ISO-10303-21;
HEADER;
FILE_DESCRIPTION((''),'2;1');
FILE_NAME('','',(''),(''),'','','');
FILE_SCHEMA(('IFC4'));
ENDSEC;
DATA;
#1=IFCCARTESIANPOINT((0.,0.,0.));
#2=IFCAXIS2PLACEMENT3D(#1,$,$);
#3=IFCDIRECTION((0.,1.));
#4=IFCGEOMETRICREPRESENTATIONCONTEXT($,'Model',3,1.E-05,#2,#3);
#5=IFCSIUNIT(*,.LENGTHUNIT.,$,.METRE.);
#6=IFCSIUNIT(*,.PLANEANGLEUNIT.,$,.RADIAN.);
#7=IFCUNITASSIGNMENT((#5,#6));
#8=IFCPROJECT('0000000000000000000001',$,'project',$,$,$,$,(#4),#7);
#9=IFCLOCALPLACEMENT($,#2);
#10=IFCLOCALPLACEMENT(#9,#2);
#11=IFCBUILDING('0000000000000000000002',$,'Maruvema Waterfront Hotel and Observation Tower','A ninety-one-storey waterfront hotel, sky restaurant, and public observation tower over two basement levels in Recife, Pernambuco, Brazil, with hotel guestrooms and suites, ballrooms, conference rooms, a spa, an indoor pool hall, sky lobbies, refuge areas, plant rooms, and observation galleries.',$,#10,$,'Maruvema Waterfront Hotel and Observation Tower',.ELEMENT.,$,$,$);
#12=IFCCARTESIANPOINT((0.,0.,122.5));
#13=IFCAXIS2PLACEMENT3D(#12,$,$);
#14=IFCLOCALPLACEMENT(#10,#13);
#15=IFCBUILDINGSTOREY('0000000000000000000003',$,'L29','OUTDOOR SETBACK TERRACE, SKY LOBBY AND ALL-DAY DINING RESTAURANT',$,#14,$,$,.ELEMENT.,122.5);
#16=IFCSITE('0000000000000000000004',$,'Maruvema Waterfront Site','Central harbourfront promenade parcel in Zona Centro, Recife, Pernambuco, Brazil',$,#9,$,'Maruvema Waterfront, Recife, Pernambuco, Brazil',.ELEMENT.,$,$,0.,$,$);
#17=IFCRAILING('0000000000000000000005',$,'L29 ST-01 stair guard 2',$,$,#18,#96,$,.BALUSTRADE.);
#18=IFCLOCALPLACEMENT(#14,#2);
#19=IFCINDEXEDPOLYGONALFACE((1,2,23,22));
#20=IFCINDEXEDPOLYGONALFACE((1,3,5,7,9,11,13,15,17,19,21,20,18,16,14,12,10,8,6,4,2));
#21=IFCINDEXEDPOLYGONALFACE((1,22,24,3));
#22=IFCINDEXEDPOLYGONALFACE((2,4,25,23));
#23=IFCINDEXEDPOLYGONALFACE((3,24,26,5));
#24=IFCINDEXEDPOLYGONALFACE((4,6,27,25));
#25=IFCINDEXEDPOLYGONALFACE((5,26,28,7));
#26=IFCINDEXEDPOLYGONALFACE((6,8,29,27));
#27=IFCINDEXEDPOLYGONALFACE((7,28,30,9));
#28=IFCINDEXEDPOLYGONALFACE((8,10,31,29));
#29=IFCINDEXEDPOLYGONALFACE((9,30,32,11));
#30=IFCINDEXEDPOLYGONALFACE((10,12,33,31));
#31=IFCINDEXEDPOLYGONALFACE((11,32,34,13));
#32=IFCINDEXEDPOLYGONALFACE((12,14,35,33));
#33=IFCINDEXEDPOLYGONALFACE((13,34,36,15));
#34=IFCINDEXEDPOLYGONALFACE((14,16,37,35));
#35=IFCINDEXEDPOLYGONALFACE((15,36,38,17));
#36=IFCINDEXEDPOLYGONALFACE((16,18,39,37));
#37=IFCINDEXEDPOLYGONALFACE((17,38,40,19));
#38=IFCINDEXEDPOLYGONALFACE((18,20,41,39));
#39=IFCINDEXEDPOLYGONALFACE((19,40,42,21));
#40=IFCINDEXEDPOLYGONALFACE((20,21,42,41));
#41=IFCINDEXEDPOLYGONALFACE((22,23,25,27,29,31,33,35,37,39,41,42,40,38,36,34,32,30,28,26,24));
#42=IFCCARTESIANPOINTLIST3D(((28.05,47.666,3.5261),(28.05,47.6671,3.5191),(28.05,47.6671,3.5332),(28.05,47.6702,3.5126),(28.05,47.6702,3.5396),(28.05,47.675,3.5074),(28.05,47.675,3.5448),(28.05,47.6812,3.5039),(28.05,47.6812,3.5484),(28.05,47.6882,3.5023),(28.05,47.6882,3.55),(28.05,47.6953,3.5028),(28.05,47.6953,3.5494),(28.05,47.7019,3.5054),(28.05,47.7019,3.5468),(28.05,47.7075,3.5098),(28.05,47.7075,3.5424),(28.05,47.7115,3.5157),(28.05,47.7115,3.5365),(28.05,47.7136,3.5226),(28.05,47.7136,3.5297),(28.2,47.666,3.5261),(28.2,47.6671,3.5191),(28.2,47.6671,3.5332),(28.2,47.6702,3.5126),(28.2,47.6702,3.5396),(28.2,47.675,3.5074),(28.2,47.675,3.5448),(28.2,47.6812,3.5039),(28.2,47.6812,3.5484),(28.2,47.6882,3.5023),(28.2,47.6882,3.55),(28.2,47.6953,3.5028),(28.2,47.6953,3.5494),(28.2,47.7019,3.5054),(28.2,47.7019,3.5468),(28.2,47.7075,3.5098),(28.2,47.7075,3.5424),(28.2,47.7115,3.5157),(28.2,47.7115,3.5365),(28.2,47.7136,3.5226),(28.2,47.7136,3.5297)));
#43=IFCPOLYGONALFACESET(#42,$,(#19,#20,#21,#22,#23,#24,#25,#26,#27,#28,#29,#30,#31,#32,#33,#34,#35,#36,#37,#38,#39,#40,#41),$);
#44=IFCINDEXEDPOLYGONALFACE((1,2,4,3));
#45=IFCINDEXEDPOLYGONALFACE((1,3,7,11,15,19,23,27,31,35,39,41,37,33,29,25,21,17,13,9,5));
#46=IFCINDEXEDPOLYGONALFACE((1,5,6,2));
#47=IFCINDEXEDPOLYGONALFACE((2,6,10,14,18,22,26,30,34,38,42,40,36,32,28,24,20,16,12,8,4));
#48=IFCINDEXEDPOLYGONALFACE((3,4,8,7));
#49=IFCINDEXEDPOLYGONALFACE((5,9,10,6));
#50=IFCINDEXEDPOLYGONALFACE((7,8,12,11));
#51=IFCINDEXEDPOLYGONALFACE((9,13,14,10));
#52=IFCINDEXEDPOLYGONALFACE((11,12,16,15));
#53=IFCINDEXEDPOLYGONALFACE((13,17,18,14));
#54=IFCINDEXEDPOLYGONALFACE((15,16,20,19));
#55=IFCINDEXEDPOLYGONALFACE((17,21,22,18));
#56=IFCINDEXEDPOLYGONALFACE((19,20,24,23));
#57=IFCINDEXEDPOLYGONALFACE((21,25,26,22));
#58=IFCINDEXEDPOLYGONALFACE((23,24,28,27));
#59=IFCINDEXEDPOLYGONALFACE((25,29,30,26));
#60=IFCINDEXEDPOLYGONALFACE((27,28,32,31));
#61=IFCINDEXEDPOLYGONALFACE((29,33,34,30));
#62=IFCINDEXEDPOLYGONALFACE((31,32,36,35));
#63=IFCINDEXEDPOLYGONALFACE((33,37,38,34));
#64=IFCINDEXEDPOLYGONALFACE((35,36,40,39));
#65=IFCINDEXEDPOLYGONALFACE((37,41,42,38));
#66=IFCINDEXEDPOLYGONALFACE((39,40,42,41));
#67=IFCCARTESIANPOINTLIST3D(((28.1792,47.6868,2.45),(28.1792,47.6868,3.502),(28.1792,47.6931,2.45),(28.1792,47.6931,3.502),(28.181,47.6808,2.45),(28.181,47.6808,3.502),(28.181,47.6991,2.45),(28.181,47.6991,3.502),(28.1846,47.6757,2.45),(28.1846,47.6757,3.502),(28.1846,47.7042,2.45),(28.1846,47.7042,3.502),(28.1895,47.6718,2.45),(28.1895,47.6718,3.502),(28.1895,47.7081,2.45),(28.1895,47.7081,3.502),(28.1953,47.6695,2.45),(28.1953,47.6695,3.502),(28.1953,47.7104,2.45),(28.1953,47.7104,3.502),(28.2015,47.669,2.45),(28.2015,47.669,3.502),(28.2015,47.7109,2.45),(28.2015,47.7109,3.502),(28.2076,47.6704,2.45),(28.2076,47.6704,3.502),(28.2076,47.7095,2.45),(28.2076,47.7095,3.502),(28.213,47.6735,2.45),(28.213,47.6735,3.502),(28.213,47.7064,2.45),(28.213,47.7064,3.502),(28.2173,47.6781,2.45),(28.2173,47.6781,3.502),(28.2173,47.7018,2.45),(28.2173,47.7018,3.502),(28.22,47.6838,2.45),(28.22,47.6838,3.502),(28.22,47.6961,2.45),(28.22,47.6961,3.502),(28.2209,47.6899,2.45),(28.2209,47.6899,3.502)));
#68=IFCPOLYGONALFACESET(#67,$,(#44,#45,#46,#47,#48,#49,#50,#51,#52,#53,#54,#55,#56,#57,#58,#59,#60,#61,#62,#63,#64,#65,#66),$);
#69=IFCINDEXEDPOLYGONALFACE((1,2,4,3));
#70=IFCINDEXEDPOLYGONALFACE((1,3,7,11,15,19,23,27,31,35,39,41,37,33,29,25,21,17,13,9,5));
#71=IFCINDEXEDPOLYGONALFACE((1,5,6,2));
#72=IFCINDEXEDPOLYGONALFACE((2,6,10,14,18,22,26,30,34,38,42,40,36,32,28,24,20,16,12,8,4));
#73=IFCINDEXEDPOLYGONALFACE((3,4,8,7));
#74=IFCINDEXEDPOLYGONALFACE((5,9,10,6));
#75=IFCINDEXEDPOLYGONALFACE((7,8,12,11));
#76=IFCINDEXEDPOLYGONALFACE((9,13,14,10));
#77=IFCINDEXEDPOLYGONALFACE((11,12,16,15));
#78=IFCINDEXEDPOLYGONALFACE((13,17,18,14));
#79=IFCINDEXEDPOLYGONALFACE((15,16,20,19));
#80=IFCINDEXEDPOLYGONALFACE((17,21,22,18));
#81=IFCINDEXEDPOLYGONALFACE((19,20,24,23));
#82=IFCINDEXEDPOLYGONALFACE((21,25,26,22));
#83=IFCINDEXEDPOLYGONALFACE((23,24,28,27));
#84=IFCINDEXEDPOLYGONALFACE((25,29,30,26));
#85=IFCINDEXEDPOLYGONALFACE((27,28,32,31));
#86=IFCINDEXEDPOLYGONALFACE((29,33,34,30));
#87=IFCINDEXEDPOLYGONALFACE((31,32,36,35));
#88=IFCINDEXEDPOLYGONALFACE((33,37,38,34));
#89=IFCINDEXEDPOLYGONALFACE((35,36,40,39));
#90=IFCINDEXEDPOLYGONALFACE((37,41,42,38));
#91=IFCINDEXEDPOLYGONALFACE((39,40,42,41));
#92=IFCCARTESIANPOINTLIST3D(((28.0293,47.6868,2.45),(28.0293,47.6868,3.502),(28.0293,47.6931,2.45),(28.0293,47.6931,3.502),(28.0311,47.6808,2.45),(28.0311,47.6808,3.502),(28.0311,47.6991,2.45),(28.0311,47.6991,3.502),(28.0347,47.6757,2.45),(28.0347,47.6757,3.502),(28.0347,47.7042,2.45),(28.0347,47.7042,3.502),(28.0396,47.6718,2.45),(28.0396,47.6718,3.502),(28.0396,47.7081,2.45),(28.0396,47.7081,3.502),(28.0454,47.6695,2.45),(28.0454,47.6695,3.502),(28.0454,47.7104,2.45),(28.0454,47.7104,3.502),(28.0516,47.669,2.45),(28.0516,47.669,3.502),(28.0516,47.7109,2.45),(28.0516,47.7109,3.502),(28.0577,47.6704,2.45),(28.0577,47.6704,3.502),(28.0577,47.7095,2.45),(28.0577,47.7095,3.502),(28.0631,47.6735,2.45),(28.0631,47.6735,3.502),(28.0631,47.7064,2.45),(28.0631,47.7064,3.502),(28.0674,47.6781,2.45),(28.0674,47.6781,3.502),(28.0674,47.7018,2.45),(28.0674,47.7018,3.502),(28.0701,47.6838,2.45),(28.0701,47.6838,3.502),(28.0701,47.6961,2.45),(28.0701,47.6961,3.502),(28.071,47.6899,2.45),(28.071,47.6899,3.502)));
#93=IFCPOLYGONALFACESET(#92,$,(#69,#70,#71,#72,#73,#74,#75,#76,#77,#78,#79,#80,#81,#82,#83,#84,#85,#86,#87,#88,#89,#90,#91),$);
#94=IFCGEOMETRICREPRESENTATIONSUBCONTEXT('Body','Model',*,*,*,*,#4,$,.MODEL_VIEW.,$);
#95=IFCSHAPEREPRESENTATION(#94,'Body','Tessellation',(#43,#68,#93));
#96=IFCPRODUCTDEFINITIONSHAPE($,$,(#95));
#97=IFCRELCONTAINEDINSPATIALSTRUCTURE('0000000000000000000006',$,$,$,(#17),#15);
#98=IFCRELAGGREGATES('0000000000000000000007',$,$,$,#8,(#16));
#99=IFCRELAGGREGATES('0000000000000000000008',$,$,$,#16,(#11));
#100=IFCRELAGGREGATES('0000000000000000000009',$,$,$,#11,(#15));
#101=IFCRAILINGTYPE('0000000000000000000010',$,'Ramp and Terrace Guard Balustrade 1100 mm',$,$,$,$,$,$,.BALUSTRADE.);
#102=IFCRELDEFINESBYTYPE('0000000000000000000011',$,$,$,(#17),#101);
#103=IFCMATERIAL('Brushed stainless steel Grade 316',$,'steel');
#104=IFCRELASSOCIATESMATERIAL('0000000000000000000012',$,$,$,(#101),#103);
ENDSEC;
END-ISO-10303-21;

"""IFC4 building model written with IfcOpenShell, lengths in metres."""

from ifc_helpers import new_model, si_unit, direction, frame, origin, origin_2d, place, context, subcontext, project, spatial, circle, extrude, material, type_object, element, save


model = new_model("IFC4")

# Units and contexts
model_context = context("Model", 3, precision=1e-05, world=origin(), true_north=direction((0.0, 1.0)))
body_context = subcontext(model_context, "Body", "Model", "MODEL_VIEW")
ifc_project = project(units=[si_unit("LENGTHUNIT", "METRE"), si_unit("PLANEANGLEUNIT", "RADIAN")], contexts=[model_context])

# Site, building, storey
site_placement = place(None, origin())
site = spatial("IfcSite", under=ifc_project, at=site_placement, Name="Maruvema Waterfront Site", Description="Central harbourfront promenade parcel in Zona Centro, Recife, Pernambuco, Brazil", LongName="Maruvema Waterfront, Recife, Pernambuco, Brazil", CompositionType="ELEMENT", RefElevation=0.0)
building_placement = place(site_placement, origin())
building = spatial("IfcBuilding", under=site, at=building_placement, Name="Maruvema Waterfront Hotel and Observation Tower", Description="A ninety-one-storey waterfront hotel, sky restaurant, and public observation tower over two basement levels in Recife, Pernambuco, Brazil, with hotel guestrooms and suites, ballrooms, conference rooms, a spa, an indoor pool hall, sky lobbies, refuge areas, plant rooms, and observation galleries.", LongName="Maruvema Waterfront Hotel and Observation Tower", CompositionType="ELEMENT")
storey_placement = place(building_placement, frame((0.0, 0.0, 122.5)))
storey = spatial("IfcBuildingStorey", under=building, at=storey_placement, Name="L29", Description="OUTDOOR SETBACK TERRACE, SKY LOBBY AND ALL-DAY DINING RESTAURANT", CompositionType="ELEMENT", Elevation=122.5)

# Railing
ifc_material_1 = material(Name="Brushed stainless steel Grade 316", Category="steel")
railing_type_1 = type_object("IfcRailingType", Name="Ramp and Terrace Guard Balustrade 1100 mm", PredefinedType="BALUSTRADE", material=ifc_material_1)
railing_1_placement = place(storey_placement, frame((28.2, 47.6899, 2.45)))
element("IfcRailing", 1, at=railing_1_placement, inside=storey, type_object=railing_type_1, Name="L29 ST-01 stair guard 2", PredefinedType="BALUSTRADE", context=body_context, shape_type="SweptSolid", body=[
    extrude(circle(Radius=0.0239, at=origin_2d()), frame((0.0, 0.0, 1.0762), z_axis=(-1.0, 0.0, 0.0), x_axis=(0.0, -1.0, 0.0)), (0.0, 0.0, 1.0), 0.1499),
    extrude(circle(Radius=0.021, at=origin_2d()), origin(), (0.0, 0.0, 1.0), 1.052),
    extrude(circle(Radius=0.021, at=origin_2d()), frame((-0.1499, 0.0, 0.0)), (0.0, 0.0, 1.0), 1.052),
])

save(model, "model.ifc")
